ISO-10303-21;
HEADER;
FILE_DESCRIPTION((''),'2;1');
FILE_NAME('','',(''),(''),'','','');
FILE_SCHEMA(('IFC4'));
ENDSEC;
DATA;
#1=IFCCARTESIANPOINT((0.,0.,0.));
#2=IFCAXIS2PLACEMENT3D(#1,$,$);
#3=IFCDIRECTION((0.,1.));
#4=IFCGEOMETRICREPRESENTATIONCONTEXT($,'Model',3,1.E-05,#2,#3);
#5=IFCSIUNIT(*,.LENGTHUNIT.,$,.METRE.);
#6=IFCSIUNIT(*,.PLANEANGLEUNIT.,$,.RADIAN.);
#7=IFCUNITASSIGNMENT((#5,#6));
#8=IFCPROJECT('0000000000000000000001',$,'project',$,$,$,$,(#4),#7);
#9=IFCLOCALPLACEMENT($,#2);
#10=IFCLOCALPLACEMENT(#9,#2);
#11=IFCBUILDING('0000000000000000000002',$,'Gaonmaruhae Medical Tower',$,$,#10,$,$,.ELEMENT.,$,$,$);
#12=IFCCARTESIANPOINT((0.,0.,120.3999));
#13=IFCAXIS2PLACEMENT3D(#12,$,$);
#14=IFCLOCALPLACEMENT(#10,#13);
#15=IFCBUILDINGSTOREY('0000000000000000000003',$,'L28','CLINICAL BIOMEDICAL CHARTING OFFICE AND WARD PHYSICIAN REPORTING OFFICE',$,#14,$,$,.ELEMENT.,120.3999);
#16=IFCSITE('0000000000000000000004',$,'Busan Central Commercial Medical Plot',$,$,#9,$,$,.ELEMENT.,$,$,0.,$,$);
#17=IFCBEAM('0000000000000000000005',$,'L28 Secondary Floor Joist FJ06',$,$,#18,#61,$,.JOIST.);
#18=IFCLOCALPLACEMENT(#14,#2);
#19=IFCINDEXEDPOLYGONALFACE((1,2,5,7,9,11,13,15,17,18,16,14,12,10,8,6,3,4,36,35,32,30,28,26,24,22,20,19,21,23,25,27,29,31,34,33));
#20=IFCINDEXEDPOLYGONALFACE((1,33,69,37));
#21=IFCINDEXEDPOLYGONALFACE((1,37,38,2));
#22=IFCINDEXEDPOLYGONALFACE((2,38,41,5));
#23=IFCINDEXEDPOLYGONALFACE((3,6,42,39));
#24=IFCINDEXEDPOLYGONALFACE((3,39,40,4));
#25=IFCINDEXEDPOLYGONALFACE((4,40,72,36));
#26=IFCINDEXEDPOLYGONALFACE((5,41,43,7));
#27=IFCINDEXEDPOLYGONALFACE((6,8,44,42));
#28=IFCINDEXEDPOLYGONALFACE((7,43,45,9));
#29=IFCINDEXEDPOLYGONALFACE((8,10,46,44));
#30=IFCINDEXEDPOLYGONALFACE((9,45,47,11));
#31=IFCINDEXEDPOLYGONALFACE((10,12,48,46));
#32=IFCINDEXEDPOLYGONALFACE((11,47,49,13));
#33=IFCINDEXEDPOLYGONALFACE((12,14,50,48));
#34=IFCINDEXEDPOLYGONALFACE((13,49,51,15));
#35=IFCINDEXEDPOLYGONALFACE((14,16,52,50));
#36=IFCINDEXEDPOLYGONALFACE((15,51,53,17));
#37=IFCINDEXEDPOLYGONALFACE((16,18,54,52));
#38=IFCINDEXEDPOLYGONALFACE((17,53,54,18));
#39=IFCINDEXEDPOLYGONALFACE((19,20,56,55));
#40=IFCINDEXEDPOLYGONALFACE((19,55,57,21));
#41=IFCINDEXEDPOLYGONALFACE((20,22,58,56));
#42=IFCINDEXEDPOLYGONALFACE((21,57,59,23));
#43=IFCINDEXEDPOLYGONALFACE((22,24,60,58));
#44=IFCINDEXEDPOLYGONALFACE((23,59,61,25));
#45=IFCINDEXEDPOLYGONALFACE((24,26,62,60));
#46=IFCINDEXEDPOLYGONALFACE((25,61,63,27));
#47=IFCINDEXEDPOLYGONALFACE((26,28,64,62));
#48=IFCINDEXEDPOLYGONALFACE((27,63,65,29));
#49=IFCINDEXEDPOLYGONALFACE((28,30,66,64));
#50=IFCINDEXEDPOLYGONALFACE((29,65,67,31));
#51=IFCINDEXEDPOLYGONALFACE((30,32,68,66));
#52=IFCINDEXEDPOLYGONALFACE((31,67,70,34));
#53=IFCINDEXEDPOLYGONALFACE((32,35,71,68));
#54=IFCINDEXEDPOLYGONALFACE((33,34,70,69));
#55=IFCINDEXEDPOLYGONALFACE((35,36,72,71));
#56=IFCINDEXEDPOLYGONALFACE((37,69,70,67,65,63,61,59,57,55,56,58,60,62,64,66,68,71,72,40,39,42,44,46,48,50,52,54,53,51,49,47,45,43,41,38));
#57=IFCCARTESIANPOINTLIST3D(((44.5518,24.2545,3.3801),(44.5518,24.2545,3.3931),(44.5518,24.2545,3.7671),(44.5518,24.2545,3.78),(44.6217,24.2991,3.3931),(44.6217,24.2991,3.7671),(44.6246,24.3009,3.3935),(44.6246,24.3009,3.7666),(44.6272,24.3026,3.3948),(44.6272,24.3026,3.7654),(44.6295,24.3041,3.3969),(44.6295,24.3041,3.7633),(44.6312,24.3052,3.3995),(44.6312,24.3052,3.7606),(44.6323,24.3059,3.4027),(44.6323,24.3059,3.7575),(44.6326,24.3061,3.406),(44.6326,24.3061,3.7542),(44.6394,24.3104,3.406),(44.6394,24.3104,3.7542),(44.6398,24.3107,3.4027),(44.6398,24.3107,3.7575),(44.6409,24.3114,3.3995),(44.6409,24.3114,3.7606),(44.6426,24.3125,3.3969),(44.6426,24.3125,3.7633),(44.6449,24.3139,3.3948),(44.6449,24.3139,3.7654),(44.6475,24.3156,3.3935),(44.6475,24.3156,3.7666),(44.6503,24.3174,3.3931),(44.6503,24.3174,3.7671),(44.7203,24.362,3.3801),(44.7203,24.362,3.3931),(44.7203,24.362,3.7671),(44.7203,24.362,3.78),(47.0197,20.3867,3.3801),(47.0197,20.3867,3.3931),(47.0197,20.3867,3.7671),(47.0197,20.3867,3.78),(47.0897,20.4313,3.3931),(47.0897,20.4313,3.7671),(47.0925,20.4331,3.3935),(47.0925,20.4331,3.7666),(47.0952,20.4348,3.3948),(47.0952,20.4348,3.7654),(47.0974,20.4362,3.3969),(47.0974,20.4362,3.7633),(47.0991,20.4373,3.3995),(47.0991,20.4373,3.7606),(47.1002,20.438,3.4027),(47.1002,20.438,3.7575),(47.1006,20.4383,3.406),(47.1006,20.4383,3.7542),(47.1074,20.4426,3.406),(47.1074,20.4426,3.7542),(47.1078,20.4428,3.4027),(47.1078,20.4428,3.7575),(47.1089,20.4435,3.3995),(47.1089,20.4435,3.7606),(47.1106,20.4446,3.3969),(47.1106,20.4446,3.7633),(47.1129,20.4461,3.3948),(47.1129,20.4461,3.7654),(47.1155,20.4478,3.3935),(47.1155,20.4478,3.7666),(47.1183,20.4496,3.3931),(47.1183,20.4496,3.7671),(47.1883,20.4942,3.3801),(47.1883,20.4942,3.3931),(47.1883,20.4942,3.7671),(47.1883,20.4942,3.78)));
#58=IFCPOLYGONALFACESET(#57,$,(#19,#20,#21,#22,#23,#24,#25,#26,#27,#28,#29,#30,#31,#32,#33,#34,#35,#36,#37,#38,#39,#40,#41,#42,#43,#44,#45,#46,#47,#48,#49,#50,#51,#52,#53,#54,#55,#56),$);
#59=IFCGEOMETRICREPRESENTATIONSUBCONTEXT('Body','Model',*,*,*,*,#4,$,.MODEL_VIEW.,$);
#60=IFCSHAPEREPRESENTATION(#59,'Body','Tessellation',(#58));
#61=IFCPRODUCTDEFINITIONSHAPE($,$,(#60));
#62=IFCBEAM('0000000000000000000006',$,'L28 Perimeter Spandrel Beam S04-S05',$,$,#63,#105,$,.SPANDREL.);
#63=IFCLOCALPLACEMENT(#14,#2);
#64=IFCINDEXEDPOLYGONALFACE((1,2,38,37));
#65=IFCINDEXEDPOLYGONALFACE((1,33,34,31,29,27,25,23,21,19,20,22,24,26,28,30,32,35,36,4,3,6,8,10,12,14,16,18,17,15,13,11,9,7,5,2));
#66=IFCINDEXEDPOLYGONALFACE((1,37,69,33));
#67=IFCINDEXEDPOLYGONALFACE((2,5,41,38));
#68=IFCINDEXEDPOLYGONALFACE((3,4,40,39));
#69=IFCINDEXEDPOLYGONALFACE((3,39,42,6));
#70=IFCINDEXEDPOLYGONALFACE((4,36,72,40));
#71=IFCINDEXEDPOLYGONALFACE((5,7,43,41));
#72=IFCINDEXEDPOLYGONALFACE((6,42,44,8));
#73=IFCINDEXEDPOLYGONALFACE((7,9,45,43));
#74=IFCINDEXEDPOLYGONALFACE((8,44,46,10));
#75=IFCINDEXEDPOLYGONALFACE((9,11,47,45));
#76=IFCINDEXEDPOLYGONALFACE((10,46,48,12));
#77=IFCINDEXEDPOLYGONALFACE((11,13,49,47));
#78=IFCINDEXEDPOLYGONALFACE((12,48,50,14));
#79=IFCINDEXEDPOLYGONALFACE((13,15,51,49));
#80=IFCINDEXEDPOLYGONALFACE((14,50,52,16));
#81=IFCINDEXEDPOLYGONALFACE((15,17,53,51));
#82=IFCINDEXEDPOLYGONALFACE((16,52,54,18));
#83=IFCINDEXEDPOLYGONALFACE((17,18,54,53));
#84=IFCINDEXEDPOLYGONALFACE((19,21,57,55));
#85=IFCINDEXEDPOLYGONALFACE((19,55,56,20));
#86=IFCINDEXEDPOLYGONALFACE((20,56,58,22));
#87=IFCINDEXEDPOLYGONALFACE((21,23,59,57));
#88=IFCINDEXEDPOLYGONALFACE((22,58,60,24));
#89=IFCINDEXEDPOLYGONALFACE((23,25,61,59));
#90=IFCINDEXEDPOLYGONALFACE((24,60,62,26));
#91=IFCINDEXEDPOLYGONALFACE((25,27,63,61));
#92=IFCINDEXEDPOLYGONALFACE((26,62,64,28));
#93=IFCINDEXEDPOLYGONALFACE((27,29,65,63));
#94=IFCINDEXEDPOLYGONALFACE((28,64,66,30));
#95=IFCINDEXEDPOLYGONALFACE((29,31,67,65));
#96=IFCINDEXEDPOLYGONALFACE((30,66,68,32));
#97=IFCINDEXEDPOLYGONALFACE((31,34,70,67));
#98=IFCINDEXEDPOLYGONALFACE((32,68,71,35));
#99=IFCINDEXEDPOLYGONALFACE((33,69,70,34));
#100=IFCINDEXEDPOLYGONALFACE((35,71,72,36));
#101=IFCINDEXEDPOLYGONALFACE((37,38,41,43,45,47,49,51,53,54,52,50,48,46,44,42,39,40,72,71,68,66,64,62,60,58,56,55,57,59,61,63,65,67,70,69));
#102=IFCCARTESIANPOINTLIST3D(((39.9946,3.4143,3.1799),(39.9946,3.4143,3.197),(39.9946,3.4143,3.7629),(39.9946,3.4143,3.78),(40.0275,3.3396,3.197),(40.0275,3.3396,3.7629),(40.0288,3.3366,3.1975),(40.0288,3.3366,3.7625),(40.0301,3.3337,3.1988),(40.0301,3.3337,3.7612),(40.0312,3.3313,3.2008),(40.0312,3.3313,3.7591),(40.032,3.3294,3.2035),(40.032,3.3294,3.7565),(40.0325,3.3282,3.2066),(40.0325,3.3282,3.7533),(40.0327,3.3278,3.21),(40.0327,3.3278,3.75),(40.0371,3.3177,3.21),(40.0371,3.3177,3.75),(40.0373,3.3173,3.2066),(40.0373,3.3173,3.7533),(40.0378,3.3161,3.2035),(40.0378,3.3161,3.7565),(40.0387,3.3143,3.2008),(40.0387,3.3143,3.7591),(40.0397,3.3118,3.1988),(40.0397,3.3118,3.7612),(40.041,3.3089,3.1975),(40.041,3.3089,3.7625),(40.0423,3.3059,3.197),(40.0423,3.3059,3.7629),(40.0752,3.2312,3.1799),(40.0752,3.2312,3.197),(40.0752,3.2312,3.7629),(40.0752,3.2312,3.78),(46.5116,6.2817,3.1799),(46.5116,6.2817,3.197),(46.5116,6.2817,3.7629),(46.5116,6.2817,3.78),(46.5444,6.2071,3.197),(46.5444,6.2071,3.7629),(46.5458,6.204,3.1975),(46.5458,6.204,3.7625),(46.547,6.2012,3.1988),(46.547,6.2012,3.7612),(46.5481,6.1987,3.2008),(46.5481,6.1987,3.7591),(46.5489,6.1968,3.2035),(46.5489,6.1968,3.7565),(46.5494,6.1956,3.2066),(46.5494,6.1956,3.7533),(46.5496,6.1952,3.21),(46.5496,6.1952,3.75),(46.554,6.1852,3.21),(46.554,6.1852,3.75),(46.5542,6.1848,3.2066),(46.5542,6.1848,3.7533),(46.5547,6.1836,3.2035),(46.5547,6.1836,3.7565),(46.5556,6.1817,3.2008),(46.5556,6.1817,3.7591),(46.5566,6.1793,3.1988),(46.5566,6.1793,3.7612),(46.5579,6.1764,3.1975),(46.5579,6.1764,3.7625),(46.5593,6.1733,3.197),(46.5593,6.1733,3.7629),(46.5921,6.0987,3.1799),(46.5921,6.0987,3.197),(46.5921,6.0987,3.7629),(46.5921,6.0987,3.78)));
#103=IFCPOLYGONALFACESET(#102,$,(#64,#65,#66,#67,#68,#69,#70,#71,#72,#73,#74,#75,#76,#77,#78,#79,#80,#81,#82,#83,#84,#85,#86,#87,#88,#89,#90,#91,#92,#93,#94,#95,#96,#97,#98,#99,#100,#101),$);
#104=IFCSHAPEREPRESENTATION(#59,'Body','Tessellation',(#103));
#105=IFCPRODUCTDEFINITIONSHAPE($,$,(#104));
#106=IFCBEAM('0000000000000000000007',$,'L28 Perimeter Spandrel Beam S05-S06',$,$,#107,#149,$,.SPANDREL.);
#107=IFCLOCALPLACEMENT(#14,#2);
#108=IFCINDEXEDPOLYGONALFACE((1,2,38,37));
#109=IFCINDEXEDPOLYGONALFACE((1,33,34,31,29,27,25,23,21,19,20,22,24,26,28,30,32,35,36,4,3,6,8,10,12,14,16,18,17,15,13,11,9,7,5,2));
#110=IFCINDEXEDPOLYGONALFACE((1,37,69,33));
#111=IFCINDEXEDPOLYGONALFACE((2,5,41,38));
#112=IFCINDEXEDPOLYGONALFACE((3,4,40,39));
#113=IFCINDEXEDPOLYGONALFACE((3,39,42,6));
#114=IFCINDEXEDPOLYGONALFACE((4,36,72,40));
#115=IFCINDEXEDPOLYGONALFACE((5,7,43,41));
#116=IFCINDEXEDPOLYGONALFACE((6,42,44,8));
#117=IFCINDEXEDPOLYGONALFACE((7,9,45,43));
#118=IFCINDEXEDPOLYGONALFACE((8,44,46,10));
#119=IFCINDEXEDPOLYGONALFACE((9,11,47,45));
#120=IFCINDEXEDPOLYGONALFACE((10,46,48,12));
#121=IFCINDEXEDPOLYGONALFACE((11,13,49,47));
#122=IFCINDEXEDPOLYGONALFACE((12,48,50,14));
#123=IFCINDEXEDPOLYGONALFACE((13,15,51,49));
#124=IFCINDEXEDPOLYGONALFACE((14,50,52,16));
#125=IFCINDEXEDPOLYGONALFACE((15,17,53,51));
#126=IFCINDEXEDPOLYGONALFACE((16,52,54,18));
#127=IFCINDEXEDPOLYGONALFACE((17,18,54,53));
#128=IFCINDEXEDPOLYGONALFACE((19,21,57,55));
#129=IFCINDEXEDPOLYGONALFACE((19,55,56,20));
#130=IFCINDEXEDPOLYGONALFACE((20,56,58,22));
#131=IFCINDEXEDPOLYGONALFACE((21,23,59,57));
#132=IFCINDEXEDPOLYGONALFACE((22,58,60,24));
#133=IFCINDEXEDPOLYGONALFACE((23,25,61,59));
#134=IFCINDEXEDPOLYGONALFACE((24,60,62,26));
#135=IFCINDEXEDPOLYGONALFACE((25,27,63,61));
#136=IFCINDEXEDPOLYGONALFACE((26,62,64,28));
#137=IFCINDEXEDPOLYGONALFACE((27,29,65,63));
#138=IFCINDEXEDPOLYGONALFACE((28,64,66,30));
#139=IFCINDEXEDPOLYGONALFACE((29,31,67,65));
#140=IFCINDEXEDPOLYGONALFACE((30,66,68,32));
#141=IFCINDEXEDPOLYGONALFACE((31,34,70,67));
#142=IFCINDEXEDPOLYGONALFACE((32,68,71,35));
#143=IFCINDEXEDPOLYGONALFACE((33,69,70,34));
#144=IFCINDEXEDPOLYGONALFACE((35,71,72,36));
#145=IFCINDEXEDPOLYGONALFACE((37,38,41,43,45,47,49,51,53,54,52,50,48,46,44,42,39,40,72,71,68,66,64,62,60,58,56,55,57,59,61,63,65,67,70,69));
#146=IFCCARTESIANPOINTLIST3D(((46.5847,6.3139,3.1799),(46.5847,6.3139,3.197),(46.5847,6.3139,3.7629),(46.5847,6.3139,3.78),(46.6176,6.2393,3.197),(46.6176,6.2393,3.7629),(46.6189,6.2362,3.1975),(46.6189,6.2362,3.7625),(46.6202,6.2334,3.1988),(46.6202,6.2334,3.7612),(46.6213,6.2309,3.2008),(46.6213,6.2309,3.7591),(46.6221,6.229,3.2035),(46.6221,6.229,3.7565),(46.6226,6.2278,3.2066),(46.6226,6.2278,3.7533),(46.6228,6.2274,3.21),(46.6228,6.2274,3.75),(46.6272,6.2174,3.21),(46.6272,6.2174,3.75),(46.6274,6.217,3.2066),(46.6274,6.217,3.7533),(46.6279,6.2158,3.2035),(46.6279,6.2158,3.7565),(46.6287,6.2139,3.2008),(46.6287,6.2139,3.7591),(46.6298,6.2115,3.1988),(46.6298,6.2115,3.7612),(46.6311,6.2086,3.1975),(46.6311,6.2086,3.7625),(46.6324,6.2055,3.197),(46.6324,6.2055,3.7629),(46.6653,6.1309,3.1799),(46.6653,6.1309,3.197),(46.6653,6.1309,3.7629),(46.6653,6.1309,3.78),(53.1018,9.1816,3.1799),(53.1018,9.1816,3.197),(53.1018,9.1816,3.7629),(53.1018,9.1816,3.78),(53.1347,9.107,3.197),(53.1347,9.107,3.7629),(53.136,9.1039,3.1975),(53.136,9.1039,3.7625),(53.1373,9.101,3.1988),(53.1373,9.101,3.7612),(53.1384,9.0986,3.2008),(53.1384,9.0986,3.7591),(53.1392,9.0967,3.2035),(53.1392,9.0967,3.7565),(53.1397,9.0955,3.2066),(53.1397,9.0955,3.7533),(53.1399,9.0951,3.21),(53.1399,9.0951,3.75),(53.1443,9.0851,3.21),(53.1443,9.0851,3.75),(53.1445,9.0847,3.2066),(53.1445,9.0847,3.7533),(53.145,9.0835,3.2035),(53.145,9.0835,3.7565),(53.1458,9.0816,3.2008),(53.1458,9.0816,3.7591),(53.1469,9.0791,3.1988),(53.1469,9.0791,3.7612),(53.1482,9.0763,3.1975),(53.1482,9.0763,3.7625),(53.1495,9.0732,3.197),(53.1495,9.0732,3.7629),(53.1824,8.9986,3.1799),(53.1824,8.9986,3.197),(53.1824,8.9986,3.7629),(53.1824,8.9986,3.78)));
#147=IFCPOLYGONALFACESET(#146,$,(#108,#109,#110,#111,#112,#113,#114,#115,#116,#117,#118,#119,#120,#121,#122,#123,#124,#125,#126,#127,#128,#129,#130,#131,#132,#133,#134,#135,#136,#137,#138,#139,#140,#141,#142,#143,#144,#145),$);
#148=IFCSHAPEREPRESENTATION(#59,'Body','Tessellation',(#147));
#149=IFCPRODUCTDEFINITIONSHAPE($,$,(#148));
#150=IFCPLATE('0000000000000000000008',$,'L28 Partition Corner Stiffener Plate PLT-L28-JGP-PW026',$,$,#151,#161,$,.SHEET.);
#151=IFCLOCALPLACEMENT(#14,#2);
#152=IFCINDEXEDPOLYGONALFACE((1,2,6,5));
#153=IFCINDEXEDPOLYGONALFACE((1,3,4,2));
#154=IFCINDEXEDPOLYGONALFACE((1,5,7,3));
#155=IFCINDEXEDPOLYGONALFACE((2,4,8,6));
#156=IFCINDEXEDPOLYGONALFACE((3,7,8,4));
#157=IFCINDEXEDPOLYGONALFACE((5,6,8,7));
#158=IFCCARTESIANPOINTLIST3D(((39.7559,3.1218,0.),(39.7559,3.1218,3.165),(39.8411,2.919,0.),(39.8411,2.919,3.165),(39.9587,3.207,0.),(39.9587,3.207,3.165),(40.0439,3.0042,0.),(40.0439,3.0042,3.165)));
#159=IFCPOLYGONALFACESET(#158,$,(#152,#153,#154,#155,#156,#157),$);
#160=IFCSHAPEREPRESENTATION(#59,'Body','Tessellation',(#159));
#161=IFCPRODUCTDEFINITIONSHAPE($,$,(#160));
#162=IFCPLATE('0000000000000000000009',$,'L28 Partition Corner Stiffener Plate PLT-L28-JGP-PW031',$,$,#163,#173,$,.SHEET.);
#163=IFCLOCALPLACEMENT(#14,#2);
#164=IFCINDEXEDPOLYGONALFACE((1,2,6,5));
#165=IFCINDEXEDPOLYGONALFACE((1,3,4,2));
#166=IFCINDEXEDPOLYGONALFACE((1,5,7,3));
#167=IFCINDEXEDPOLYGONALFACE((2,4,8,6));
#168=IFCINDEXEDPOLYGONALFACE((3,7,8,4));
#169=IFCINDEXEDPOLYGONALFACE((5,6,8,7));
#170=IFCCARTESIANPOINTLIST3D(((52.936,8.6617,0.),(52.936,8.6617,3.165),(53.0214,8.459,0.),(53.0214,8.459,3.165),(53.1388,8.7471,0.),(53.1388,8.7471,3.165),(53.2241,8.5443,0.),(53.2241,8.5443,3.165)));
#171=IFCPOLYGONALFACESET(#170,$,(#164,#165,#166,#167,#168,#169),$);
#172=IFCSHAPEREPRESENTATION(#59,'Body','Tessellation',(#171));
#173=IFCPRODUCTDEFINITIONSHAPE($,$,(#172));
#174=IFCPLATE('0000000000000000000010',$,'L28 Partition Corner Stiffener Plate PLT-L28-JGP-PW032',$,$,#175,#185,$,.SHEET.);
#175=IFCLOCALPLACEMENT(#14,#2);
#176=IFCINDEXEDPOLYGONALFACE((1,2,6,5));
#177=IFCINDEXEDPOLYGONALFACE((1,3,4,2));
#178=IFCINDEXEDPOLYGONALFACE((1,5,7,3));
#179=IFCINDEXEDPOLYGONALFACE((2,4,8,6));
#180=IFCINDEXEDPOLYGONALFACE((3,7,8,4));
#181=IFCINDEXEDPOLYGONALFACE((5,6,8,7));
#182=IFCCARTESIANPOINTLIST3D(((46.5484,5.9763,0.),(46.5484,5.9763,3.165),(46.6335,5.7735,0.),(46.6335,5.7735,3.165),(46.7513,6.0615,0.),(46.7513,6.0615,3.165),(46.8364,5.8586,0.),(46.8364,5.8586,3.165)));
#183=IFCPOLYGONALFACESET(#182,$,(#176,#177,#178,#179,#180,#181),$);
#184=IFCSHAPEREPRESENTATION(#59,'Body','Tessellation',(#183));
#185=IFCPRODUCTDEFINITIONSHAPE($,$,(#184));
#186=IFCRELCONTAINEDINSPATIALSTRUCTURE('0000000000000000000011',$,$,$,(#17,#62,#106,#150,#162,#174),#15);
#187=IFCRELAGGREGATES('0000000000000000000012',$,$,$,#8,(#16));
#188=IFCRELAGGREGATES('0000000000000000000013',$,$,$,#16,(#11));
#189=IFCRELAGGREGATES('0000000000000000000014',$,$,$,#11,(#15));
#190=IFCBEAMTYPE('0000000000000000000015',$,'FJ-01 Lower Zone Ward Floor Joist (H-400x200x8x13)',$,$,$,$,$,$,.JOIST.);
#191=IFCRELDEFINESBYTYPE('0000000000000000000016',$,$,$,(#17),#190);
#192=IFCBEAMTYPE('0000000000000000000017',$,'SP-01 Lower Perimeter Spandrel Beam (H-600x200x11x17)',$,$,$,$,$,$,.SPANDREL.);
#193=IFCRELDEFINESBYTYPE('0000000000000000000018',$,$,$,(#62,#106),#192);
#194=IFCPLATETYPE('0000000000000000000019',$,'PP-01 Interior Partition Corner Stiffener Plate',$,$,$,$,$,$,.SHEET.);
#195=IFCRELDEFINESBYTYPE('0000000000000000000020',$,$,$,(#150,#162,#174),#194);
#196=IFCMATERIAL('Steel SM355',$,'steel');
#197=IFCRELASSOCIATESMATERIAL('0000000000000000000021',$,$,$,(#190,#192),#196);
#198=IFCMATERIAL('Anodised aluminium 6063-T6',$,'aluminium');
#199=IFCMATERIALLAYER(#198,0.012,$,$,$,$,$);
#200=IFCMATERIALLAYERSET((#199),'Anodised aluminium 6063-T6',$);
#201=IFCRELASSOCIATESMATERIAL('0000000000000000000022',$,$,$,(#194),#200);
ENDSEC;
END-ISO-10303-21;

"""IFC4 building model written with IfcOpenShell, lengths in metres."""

from ifc_helpers import new_model, si_unit, direction, frame, origin, origin_2d, place, context, subcontext, project, spatial, rectangle, i_section, extrude, material, layer, layer_set, material_profile, profile_set, type_object, element, save


model = new_model("IFC4")

# Units and contexts
model_context = context("Model", 3, precision=1e-05, world=origin(), true_north=direction((0.0, 1.0)))
body_context = subcontext(model_context, "Body", "Model", "MODEL_VIEW")
ifc_project = project(units=[si_unit("LENGTHUNIT", "METRE"), si_unit("PLANEANGLEUNIT", "RADIAN")], contexts=[model_context])

# Site, building, storey
site_placement = place(None, origin())
site = spatial("IfcSite", under=ifc_project, at=site_placement, Name="Busan Central Commercial Medical Plot", CompositionType="ELEMENT", RefElevation=0.0)
building_placement = place(site_placement, origin())
building = spatial("IfcBuilding", under=site, at=building_placement, Name="Gaonmaruhae Medical Tower", CompositionType="ELEMENT")
storey_placement = place(building_placement, frame((0.0, 0.0, 120.3999)))
storey = spatial("IfcBuildingStorey", under=building, at=storey_placement, Name="L28", Description="CLINICAL BIOMEDICAL CHARTING OFFICE AND WARD PHYSICIAN REPORTING OFFICE", CompositionType="ELEMENT", Elevation=120.3999)

# Beams
ifc_material_1 = material(Name="Steel SM355", Category="steel")
ifc_material_profile_1 = material_profile(ifc_material_1, i_section(OverallWidth=0.2, OverallDepth=0.3999, WebThickness=0.0081, FlangeThickness=0.0129, FilletRadius=0.0129, at=origin_2d()), Name="H-400x200x8x13")
ifc_profile_set_1 = profile_set([ifc_material_profile_1], Name="Steel SM355")
beam_type_1 = type_object("IfcBeamType", Name="FJ-01 Lower Zone Ward Floor Joist (H-400x200x8x13)", PredefinedType="JOIST", material=ifc_profile_set_1)
beam_1_placement = place(storey_placement, frame((47.104, 20.4404, 3.5801), z_axis=(-0.537901, 0.843008, 0.0), x_axis=(-0.843008, -0.537901, 0.0)))
element("IfcBeam", 1, at=beam_1_placement, inside=storey, type_object=beam_type_1, Name="L28 Secondary Floor Joist FJ06", PredefinedType="JOIST", context=body_context, shape_type="SweptSolid", body=[
    extrude(i_section(OverallWidth=0.2, OverallDepth=0.3999, WebThickness=0.0081, FlangeThickness=0.0129, FilletRadius=0.0129, at=origin_2d()), origin(), (0.0, 0.0, 1.0), 4.5881),
])
ifc_material_profile_2 = material_profile(ifc_material_1, i_section(OverallWidth=0.2, OverallDepth=0.6001, WebThickness=0.011, FlangeThickness=0.0171, FilletRadius=0.0129, at=origin_2d()), Name="H-600x200x11x17")
ifc_profile_set_2 = profile_set([ifc_material_profile_2], Name="Steel SM355")
beam_type_2 = type_object("IfcBeamType", Name="SP-01 Lower Perimeter Spandrel Beam (H-600x200x11x17)", PredefinedType="SPANDREL", material=ifc_profile_set_2)
beam_2_placement = place(storey_placement, frame((40.0349, 3.3228, 3.48), z_axis=(0.915314, 0.402741, 0.0), x_axis=(-0.402741, 0.915314, 0.0)))
element("IfcBeam", 2, at=beam_2_placement, inside=storey, type_object=beam_type_2, Name="L28 Perimeter Spandrel Beam S04-S05", PredefinedType="SPANDREL", context=body_context, shape_type="SweptSolid", body=[
    extrude(i_section(OverallWidth=0.2, OverallDepth=0.6001, WebThickness=0.011, FlangeThickness=0.0171, FilletRadius=0.0129, at=origin_2d()), origin(), (0.0, 0.0, 1.0), 7.1199),
])
beam_3_placement = place(storey_placement, frame((46.625, 6.2224, 3.48), z_axis=(0.915307, 0.402757, 0.0), x_axis=(-0.402757, 0.915307, 0.0)))
element("IfcBeam", 3, at=beam_3_placement, inside=storey, type_object=beam_type_2, Name="L28 Perimeter Spandrel Beam S05-S06", PredefinedType="SPANDREL", context=body_context, shape_type="SweptSolid", body=[
    extrude(i_section(OverallWidth=0.2, OverallDepth=0.6001, WebThickness=0.011, FlangeThickness=0.0171, FilletRadius=0.0129, at=origin_2d()), origin(), (0.0, 0.0, 1.0), 7.1201),
])

# Plates
ifc_material_2 = material(Name="Anodised aluminium 6063-T6", Category="aluminium")
ifc_layer_1 = layer(ifc_material_2, 0.012)
ifc_layer_set_1 = layer_set([ifc_layer_1], Name="Anodised aluminium 6063-T6")
plate_type = type_object("IfcPlateType", Name="PP-01 Interior Partition Corner Stiffener Plate", PredefinedType="SHEET", material=ifc_layer_set_1)
for number, where, z_axis, x_axis, name in (
    (4, (39.8999, 3.063, 0.0), (0.0, 0.0, 1.0), (-0.921938, -0.387339, 0.0), "L28 Partition Corner Stiffener Plate PLT-L28-JGP-PW026"),
    (5, (53.0801, 8.603, 0.0), (0.0, 0.0, 1.0), (-0.921687, -0.387934, 0.0), "L28 Partition Corner Stiffener Plate PLT-L28-JGP-PW031"),
    (6, (46.6924, 5.9175, 0.0), (0.0, 0.0, 1.0), (-0.922127, -0.386888, 0.0), "L28 Partition Corner Stiffener Plate PLT-L28-JGP-PW032"),
):
    element("IfcPlate", number, at=place(storey_placement, frame(where, z_axis=z_axis, x_axis=x_axis)), inside=storey, type_object=plate_type, Name=name, PredefinedType="SHEET", context=body_context, shape_type="SweptSolid", body=[
        extrude(rectangle(XDim=0.22, YDim=0.22, at=origin_2d()), origin(), (0.0, 0.0, 1.0), 3.165),
    ])

save(model, "model.ifc")
